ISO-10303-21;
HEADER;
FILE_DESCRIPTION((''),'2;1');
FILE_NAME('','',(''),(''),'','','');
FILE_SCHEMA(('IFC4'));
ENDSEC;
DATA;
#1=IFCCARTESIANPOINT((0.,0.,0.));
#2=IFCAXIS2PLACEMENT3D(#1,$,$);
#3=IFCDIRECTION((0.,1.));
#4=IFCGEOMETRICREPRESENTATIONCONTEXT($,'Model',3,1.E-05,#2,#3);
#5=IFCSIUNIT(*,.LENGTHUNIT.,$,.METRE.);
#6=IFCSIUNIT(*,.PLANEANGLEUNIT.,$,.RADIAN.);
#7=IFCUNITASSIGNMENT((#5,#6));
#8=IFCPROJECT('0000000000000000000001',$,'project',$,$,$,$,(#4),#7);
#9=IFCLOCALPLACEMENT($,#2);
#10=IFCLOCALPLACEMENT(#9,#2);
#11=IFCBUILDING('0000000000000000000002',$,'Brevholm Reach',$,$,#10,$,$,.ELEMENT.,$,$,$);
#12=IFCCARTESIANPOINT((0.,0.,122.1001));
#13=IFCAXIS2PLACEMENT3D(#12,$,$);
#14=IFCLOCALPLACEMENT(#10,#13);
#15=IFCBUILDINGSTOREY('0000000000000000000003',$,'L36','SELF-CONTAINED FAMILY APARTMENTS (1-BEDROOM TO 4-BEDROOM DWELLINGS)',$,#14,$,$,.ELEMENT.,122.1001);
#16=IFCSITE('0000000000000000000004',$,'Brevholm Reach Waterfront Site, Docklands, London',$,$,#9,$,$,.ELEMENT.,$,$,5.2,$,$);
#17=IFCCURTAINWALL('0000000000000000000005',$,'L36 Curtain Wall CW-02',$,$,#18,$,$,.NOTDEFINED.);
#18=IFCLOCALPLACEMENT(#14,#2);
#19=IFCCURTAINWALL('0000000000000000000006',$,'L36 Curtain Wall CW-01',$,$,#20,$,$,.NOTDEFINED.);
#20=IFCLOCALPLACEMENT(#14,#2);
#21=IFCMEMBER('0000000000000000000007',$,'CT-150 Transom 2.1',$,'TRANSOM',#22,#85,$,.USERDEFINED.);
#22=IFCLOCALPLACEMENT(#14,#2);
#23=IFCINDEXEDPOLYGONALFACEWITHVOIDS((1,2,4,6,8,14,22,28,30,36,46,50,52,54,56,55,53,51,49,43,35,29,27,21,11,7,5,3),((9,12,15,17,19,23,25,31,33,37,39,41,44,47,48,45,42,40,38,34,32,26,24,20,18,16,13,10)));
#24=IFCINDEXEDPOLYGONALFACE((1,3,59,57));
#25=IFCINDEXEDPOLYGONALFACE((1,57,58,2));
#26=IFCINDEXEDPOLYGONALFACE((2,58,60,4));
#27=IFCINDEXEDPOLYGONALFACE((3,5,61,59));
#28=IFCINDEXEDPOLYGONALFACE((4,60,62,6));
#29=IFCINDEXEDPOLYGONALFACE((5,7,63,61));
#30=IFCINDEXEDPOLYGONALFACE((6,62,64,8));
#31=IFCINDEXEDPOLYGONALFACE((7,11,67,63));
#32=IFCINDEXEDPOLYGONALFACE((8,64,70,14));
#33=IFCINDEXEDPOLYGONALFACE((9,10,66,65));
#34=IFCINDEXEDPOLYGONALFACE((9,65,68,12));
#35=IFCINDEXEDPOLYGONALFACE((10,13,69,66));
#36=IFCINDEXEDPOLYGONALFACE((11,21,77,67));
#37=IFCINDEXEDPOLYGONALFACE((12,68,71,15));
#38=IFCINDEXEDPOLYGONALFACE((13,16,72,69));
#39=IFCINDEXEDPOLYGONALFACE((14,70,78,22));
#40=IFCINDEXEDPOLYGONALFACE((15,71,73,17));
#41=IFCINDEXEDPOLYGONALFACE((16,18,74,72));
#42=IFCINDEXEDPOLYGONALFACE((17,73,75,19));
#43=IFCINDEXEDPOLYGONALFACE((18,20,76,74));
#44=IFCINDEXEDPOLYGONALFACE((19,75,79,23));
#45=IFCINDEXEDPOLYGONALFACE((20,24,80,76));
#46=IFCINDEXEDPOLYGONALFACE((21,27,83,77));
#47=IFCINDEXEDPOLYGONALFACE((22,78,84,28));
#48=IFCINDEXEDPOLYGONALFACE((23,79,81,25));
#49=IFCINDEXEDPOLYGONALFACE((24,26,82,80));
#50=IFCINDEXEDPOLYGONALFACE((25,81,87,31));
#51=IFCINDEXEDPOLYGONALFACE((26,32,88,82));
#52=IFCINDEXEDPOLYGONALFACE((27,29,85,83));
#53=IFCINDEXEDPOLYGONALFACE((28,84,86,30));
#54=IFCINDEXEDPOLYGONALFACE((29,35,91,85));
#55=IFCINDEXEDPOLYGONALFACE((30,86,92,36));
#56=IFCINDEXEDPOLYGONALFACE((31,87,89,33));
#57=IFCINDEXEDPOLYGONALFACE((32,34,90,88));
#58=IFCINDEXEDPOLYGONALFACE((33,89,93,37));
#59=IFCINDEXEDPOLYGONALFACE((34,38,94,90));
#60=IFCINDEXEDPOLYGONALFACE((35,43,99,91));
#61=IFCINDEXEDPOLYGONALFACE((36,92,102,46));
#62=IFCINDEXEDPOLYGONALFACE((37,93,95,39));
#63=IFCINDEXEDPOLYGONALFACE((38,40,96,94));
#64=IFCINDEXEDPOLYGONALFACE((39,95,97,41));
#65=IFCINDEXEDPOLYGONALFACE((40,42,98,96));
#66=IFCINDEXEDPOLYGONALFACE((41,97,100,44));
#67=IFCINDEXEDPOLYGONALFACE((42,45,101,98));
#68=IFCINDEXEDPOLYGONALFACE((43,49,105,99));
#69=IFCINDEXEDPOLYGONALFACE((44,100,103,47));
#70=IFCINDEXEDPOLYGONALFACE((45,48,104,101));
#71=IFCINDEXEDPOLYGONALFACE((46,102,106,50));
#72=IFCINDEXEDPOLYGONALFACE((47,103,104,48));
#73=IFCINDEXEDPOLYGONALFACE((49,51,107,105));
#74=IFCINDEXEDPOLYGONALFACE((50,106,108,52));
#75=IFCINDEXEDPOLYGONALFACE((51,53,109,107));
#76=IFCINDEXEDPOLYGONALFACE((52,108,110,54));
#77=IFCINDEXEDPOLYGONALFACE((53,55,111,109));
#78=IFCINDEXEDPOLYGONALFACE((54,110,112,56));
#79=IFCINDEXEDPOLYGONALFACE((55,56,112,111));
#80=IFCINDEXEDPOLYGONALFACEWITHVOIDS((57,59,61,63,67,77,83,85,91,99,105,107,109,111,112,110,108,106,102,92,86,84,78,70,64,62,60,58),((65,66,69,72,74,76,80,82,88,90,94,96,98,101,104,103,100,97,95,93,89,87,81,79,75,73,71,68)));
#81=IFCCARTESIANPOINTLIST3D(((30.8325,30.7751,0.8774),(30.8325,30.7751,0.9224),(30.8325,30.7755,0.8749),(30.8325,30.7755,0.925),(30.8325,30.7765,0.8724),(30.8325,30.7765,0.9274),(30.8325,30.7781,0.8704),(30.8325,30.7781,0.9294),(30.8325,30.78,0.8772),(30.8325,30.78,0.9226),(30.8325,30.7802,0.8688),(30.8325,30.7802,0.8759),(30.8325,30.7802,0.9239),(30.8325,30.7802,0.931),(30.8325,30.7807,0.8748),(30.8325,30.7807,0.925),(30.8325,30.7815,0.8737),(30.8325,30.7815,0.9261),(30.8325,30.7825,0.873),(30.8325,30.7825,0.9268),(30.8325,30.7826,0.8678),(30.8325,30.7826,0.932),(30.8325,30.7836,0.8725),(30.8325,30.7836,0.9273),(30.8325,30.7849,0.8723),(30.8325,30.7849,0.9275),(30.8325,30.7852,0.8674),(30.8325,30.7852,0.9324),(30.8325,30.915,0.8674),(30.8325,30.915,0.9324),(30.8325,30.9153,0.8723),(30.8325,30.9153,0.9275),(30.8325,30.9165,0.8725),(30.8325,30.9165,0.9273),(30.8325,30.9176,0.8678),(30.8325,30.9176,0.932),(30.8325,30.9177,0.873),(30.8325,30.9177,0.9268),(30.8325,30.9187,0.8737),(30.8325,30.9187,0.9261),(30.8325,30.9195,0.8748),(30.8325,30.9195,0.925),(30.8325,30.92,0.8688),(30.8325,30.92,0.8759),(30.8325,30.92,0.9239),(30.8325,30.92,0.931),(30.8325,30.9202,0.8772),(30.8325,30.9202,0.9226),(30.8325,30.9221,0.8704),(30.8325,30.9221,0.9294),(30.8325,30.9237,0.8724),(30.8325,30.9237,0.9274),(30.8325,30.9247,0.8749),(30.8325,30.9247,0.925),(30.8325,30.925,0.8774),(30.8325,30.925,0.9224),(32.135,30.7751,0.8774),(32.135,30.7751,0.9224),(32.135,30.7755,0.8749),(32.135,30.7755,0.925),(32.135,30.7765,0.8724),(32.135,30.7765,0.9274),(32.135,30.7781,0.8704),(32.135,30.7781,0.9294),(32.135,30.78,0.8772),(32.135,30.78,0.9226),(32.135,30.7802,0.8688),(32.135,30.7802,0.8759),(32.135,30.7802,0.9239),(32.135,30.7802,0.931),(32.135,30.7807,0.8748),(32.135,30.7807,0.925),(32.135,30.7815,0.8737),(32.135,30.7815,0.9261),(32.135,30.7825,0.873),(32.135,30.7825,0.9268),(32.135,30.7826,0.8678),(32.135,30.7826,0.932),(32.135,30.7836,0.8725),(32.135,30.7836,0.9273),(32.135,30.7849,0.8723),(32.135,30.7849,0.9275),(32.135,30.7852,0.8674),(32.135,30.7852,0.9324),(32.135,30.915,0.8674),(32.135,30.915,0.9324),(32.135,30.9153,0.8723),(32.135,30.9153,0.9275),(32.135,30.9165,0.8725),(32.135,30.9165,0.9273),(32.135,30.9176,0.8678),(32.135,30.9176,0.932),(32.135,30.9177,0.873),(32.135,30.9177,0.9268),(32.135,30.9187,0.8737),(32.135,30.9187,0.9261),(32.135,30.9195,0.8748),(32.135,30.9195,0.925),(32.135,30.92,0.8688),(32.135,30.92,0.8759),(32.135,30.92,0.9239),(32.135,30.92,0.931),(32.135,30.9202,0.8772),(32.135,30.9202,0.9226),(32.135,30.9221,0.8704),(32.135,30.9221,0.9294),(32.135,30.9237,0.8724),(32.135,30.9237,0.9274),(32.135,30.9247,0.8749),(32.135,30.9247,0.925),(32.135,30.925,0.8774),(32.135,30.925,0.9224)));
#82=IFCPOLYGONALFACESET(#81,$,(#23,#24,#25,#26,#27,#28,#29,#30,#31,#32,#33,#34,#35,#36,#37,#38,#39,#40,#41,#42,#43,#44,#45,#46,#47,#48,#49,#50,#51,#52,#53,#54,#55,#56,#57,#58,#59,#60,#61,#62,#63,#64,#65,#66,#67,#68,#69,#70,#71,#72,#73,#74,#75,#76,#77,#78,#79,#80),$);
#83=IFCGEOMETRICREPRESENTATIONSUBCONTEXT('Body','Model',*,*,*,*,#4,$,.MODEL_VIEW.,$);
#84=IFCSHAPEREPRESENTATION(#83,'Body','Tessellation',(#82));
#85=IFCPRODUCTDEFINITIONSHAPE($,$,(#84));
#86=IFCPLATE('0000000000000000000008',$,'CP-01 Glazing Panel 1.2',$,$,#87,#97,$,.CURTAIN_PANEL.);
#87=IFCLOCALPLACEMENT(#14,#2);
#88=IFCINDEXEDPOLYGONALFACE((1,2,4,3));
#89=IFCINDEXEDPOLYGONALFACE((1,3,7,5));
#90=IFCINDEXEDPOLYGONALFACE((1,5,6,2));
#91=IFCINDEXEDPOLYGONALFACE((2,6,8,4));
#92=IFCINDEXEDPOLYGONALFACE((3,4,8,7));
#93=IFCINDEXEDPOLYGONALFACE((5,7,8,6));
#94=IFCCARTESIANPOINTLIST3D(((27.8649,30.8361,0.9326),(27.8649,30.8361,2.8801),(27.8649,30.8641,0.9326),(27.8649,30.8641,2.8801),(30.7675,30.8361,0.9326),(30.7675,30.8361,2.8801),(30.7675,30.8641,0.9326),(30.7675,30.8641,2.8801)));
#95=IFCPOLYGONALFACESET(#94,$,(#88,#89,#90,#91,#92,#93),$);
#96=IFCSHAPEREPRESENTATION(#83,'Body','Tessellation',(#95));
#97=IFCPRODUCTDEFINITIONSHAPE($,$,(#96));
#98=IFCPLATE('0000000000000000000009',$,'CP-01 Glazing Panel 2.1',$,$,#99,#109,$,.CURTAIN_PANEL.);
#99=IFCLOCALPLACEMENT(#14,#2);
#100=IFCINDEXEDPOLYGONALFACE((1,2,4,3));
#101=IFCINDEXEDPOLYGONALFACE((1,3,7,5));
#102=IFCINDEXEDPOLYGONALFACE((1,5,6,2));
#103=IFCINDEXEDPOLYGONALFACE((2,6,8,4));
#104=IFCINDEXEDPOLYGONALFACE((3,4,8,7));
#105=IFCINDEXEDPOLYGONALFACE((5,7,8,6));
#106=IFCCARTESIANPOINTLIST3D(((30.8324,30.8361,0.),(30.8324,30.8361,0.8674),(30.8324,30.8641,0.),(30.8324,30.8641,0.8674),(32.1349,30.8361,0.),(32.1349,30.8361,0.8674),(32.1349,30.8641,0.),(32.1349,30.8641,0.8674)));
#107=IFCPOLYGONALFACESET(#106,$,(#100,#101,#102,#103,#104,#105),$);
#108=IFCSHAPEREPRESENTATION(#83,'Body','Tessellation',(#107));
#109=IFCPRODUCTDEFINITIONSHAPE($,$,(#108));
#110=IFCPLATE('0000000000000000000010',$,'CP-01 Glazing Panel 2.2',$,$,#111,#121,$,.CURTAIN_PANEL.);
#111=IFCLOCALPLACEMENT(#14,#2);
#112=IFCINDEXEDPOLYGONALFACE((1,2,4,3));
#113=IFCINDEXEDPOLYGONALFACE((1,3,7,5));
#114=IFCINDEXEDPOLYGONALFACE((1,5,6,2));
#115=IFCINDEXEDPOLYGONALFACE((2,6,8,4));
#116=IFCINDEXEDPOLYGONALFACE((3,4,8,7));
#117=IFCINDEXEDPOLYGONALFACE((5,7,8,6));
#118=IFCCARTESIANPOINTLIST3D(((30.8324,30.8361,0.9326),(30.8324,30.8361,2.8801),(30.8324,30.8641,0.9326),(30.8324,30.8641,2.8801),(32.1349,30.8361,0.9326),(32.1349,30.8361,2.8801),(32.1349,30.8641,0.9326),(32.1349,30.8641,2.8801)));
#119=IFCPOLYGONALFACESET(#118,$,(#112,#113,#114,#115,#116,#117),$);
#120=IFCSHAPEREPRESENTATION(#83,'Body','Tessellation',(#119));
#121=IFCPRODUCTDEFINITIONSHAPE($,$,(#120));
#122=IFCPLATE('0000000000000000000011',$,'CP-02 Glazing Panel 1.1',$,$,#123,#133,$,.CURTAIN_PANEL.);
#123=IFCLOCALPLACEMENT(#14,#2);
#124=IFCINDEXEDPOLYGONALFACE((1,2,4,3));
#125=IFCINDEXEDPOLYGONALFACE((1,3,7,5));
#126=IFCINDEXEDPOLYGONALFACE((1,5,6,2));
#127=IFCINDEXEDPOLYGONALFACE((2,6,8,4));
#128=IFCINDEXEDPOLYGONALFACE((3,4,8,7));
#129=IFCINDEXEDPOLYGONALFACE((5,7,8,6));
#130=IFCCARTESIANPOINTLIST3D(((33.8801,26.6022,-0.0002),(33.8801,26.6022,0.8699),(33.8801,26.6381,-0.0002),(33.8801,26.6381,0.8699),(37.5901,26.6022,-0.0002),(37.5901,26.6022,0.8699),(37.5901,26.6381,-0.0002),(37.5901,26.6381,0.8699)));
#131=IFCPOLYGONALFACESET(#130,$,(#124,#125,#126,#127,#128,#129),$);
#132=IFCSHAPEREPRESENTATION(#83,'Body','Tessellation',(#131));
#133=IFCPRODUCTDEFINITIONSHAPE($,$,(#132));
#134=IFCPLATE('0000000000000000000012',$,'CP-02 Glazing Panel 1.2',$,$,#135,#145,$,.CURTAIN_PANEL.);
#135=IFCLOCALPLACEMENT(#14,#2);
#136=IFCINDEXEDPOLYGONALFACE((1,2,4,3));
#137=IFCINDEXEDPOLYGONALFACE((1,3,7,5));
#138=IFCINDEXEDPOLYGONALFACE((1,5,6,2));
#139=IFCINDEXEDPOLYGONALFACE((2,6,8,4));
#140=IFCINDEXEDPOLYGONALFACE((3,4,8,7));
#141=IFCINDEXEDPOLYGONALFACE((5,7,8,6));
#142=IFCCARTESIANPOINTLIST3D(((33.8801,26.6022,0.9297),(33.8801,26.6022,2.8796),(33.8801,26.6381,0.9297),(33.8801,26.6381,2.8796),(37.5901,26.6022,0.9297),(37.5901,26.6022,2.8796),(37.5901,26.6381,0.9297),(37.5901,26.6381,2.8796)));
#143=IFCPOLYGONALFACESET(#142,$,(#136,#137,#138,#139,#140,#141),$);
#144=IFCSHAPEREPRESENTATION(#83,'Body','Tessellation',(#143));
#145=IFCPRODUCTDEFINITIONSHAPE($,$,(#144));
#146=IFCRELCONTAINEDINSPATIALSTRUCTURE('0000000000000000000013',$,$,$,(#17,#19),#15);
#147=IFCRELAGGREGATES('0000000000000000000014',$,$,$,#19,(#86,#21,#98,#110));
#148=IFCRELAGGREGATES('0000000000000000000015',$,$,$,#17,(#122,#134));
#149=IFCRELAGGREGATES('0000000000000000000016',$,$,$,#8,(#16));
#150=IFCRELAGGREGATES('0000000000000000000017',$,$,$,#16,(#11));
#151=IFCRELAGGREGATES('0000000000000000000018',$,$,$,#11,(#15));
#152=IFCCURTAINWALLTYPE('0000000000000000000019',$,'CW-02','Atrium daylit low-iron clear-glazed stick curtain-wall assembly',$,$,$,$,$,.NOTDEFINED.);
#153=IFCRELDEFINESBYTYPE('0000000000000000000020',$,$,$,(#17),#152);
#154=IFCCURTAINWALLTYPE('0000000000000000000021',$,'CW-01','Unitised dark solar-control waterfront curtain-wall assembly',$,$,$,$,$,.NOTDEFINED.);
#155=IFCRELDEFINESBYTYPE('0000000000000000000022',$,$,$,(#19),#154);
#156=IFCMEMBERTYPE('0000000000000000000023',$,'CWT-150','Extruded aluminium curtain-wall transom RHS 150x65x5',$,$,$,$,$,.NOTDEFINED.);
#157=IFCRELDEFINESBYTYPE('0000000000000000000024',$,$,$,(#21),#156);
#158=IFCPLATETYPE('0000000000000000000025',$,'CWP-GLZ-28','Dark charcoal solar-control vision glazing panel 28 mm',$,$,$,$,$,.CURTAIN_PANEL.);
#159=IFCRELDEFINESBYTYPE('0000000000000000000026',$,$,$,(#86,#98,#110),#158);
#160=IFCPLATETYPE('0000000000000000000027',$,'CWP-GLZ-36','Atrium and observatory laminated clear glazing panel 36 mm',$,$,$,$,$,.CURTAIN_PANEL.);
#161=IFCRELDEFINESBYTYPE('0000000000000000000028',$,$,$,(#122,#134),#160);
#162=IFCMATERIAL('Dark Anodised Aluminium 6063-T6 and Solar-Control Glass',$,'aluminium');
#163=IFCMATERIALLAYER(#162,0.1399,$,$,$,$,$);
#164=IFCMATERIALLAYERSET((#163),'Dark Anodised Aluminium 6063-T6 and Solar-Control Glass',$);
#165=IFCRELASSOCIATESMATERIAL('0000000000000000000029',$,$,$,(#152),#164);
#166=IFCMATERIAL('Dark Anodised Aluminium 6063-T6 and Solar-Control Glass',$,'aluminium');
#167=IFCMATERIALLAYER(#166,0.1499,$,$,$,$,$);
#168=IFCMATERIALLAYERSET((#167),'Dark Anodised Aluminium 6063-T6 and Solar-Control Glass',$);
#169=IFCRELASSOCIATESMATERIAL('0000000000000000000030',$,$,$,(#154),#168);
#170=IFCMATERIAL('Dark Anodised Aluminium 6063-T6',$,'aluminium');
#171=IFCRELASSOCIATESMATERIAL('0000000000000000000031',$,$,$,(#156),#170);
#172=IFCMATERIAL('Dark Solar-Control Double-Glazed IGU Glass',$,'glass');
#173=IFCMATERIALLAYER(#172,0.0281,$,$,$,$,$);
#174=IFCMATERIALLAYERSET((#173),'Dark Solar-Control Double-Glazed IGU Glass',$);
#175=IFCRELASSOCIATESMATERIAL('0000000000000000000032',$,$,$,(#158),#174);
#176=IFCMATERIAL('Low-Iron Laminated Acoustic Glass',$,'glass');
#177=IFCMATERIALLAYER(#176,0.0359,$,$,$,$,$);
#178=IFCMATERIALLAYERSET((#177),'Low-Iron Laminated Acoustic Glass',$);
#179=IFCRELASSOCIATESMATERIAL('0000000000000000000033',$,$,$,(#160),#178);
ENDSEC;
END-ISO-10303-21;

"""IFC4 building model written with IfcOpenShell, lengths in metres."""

from ifc_helpers import new_model, si_unit, direction, frame, origin, origin_2d, place, context, subcontext, project, spatial, rectangle, hollow_rectangle, extrude, material, layer, layer_set, material_profile, profile_set, type_object, element, aggregate, save


model = new_model("IFC4")

# Units and contexts
model_context = context("Model", 3, precision=1e-05, world=origin(), true_north=direction((0.0, 1.0)))
body_context = subcontext(model_context, "Body", "Model", "MODEL_VIEW")
ifc_project = project(units=[si_unit("LENGTHUNIT", "METRE"), si_unit("PLANEANGLEUNIT", "RADIAN")], contexts=[model_context])

# Site, building, storey
site_placement = place(None, origin())
site = spatial("IfcSite", under=ifc_project, at=site_placement, Name="Brevholm Reach Waterfront Site, Docklands, London", CompositionType="ELEMENT", RefElevation=5.2)
building_placement = place(site_placement, origin())
building = spatial("IfcBuilding", under=site, at=building_placement, Name="Brevholm Reach", CompositionType="ELEMENT")
storey_placement = place(building_placement, frame((0.0, 0.0, 122.1001)))
storey = spatial("IfcBuildingStorey", under=building, at=storey_placement, Name="L36", Description="SELF-CONTAINED FAMILY APARTMENTS (1-BEDROOM TO 4-BEDROOM DWELLINGS)", CompositionType="ELEMENT", Elevation=122.1001)

# Curtain wall
ifc_material_1 = material(Name="Dark Anodised Aluminium 6063-T6 and Solar-Control Glass", Category="aluminium")
ifc_layer_1 = layer(ifc_material_1, 0.1399)
ifc_layer_set_1 = layer_set([ifc_layer_1], Name="Dark Anodised Aluminium 6063-T6 and Solar-Control Glass")
curtain_wall_type_1 = type_object("IfcCurtainWallType", Name="CW-02", Description="Atrium daylit low-iron clear-glazed stick curtain-wall assembly", PredefinedType="NOTDEFINED", material=ifc_layer_set_1)
curtain_wall_1_placement = place(storey_placement, origin())
curtain_wall_1 = element("IfcCurtainWall", 1, at=curtain_wall_1_placement, inside=storey, type_object=curtain_wall_type_1, Name="L36 Curtain Wall CW-02", PredefinedType="NOTDEFINED")

# Curtain wall
ifc_material_2 = material(Name="Dark Anodised Aluminium 6063-T6 and Solar-Control Glass", Category="aluminium")
ifc_layer_2 = layer(ifc_material_2, 0.1499)
ifc_layer_set_2 = layer_set([ifc_layer_2], Name="Dark Anodised Aluminium 6063-T6 and Solar-Control Glass")
curtain_wall_type_2 = type_object("IfcCurtainWallType", Name="CW-01", Description="Unitised dark solar-control waterfront curtain-wall assembly", PredefinedType="NOTDEFINED", material=ifc_layer_set_2)
curtain_wall_2_placement = place(storey_placement, origin())
curtain_wall_2 = element("IfcCurtainWall", 2, at=curtain_wall_2_placement, inside=storey, type_object=curtain_wall_type_2, Name="L36 Curtain Wall CW-01", PredefinedType="NOTDEFINED")

# Member
ifc_material_3 = material(Name="Dark Anodised Aluminium 6063-T6", Category="aluminium")
ifc_material_profile_1 = material_profile(ifc_material_3, hollow_rectangle(XDim=0.0649, YDim=0.1499, WallThickness=0.0049, InnerFilletRadius=0.0049, OuterFilletRadius=0.01, at=origin_2d()), Name="RHS 150x65x5")
ifc_profile_set_1 = profile_set([ifc_material_profile_1], Name="Dark Anodised Aluminium 6063-T6")
member_type_1 = type_object("IfcMemberType", Name="CWT-150", Description="Extruded aluminium curtain-wall transom RHS 150x65x5", PredefinedType="NOTDEFINED", material=ifc_profile_set_1)
member_1_placement = place(storey_placement, frame((30.8325, 30.8501, 0.8999), z_axis=(1.0, 0.0, 0.0), x_axis=(0.0, 0.0, 1.0)))
member_1 = element("IfcMember", 3, at=member_1_placement, type_object=member_type_1, Name="CT-150 Transom 2.1", ObjectType="TRANSOM", PredefinedType="USERDEFINED", context=body_context, shape_type="SweptSolid", body=[
    extrude(hollow_rectangle(XDim=0.0649, YDim=0.1499, WallThickness=0.0049, InnerFilletRadius=0.0049, OuterFilletRadius=0.01, at=origin_2d()), origin(), (0.0, 0.0, 1.0), 1.3025),
])

# Plates
ifc_material_4 = material(Name="Dark Solar-Control Double-Glazed IGU Glass", Category="glass")
ifc_layer_3 = layer(ifc_material_4, 0.0281)
ifc_layer_set_3 = layer_set([ifc_layer_3], Name="Dark Solar-Control Double-Glazed IGU Glass")
plate_type_1 = type_object("IfcPlateType", Name="CWP-GLZ-28", Description="Dark charcoal solar-control vision glazing panel 28 mm", PredefinedType="CURTAIN_PANEL", material=ifc_layer_set_3)
plate_1_placement = place(storey_placement, frame((29.3162, 30.8501, 0.9326), z_axis=(0.0, 0.0, 1.0), x_axis=(1.0, 0.0, 0.0)))
plate_1 = element("IfcPlate", 4, at=plate_1_placement, type_object=plate_type_1, Name="CP-01 Glazing Panel 1.2", PredefinedType="CURTAIN_PANEL", context=body_context, shape_type="SweptSolid", body=[
    extrude(rectangle(XDim=2.9026, YDim=0.0281, at=origin_2d()), origin(), (0.0, 0.0, 1.0), 1.9475),
])
plate_2_placement = place(storey_placement, frame((31.4836, 30.8501, 0.0), z_axis=(0.0, 0.0, 1.0), x_axis=(1.0, 0.0, 0.0)))
plate_2 = element("IfcPlate", 5, at=plate_2_placement, type_object=plate_type_1, Name="CP-01 Glazing Panel 2.1", PredefinedType="CURTAIN_PANEL", context=body_context, shape_type="SweptSolid", body=[
    extrude(rectangle(XDim=1.3025, YDim=0.0281, at=origin_2d()), origin(), (0.0, 0.0, 1.0), 0.8674),
])
plate_3_placement = place(storey_placement, frame((31.4836, 30.8501, 0.9326), z_axis=(0.0, 0.0, 1.0), x_axis=(1.0, 0.0, 0.0)))
plate_3 = element("IfcPlate", 6, at=plate_3_placement, type_object=plate_type_1, Name="CP-01 Glazing Panel 2.2", PredefinedType="CURTAIN_PANEL", context=body_context, shape_type="SweptSolid", body=[
    extrude(rectangle(XDim=1.3025, YDim=0.0281, at=origin_2d()), origin(), (0.0, 0.0, 1.0), 1.9475),
])
aggregate(curtain_wall_2, [plate_1, member_1, plate_2, plate_3])
ifc_material_5 = material(Name="Low-Iron Laminated Acoustic Glass", Category="glass")
ifc_layer_4 = layer(ifc_material_5, 0.0359)
ifc_layer_set_4 = layer_set([ifc_layer_4], Name="Low-Iron Laminated Acoustic Glass")
plate_type_2 = type_object("IfcPlateType", Name="CWP-GLZ-36", Description="Atrium and observatory laminated clear glazing panel 36 mm", PredefinedType="CURTAIN_PANEL", material=ifc_layer_set_4)
plate_4_placement = place(storey_placement, frame((35.7351, 26.6201, -0.0002), z_axis=(0.0, 0.0, 1.0), x_axis=(-1.0, 0.0, 0.0)))
plate_4 = element("IfcPlate", 7, at=plate_4_placement, type_object=plate_type_2, Name="CP-02 Glazing Panel 1.1", PredefinedType="CURTAIN_PANEL", context=body_context, shape_type="SweptSolid", body=[
    extrude(rectangle(XDim=3.71, YDim=0.0359, at=origin_2d()), origin(), (0.0, 0.0, 1.0), 0.8701),
])
plate_5_placement = place(storey_placement, frame((35.7351, 26.6201, 0.9297), z_axis=(0.0, 0.0, 1.0), x_axis=(-1.0, 0.0, 0.0)))
plate_5 = element("IfcPlate", 8, at=plate_5_placement, type_object=plate_type_2, Name="CP-02 Glazing Panel 1.2", PredefinedType="CURTAIN_PANEL", context=body_context, shape_type="SweptSolid", body=[
    extrude(rectangle(XDim=3.71, YDim=0.0359, at=origin_2d()), origin(), (0.0, 0.0, 1.0), 1.95),
])
aggregate(curtain_wall_1, [plate_4, plate_5])

save(model, "model.ifc")
